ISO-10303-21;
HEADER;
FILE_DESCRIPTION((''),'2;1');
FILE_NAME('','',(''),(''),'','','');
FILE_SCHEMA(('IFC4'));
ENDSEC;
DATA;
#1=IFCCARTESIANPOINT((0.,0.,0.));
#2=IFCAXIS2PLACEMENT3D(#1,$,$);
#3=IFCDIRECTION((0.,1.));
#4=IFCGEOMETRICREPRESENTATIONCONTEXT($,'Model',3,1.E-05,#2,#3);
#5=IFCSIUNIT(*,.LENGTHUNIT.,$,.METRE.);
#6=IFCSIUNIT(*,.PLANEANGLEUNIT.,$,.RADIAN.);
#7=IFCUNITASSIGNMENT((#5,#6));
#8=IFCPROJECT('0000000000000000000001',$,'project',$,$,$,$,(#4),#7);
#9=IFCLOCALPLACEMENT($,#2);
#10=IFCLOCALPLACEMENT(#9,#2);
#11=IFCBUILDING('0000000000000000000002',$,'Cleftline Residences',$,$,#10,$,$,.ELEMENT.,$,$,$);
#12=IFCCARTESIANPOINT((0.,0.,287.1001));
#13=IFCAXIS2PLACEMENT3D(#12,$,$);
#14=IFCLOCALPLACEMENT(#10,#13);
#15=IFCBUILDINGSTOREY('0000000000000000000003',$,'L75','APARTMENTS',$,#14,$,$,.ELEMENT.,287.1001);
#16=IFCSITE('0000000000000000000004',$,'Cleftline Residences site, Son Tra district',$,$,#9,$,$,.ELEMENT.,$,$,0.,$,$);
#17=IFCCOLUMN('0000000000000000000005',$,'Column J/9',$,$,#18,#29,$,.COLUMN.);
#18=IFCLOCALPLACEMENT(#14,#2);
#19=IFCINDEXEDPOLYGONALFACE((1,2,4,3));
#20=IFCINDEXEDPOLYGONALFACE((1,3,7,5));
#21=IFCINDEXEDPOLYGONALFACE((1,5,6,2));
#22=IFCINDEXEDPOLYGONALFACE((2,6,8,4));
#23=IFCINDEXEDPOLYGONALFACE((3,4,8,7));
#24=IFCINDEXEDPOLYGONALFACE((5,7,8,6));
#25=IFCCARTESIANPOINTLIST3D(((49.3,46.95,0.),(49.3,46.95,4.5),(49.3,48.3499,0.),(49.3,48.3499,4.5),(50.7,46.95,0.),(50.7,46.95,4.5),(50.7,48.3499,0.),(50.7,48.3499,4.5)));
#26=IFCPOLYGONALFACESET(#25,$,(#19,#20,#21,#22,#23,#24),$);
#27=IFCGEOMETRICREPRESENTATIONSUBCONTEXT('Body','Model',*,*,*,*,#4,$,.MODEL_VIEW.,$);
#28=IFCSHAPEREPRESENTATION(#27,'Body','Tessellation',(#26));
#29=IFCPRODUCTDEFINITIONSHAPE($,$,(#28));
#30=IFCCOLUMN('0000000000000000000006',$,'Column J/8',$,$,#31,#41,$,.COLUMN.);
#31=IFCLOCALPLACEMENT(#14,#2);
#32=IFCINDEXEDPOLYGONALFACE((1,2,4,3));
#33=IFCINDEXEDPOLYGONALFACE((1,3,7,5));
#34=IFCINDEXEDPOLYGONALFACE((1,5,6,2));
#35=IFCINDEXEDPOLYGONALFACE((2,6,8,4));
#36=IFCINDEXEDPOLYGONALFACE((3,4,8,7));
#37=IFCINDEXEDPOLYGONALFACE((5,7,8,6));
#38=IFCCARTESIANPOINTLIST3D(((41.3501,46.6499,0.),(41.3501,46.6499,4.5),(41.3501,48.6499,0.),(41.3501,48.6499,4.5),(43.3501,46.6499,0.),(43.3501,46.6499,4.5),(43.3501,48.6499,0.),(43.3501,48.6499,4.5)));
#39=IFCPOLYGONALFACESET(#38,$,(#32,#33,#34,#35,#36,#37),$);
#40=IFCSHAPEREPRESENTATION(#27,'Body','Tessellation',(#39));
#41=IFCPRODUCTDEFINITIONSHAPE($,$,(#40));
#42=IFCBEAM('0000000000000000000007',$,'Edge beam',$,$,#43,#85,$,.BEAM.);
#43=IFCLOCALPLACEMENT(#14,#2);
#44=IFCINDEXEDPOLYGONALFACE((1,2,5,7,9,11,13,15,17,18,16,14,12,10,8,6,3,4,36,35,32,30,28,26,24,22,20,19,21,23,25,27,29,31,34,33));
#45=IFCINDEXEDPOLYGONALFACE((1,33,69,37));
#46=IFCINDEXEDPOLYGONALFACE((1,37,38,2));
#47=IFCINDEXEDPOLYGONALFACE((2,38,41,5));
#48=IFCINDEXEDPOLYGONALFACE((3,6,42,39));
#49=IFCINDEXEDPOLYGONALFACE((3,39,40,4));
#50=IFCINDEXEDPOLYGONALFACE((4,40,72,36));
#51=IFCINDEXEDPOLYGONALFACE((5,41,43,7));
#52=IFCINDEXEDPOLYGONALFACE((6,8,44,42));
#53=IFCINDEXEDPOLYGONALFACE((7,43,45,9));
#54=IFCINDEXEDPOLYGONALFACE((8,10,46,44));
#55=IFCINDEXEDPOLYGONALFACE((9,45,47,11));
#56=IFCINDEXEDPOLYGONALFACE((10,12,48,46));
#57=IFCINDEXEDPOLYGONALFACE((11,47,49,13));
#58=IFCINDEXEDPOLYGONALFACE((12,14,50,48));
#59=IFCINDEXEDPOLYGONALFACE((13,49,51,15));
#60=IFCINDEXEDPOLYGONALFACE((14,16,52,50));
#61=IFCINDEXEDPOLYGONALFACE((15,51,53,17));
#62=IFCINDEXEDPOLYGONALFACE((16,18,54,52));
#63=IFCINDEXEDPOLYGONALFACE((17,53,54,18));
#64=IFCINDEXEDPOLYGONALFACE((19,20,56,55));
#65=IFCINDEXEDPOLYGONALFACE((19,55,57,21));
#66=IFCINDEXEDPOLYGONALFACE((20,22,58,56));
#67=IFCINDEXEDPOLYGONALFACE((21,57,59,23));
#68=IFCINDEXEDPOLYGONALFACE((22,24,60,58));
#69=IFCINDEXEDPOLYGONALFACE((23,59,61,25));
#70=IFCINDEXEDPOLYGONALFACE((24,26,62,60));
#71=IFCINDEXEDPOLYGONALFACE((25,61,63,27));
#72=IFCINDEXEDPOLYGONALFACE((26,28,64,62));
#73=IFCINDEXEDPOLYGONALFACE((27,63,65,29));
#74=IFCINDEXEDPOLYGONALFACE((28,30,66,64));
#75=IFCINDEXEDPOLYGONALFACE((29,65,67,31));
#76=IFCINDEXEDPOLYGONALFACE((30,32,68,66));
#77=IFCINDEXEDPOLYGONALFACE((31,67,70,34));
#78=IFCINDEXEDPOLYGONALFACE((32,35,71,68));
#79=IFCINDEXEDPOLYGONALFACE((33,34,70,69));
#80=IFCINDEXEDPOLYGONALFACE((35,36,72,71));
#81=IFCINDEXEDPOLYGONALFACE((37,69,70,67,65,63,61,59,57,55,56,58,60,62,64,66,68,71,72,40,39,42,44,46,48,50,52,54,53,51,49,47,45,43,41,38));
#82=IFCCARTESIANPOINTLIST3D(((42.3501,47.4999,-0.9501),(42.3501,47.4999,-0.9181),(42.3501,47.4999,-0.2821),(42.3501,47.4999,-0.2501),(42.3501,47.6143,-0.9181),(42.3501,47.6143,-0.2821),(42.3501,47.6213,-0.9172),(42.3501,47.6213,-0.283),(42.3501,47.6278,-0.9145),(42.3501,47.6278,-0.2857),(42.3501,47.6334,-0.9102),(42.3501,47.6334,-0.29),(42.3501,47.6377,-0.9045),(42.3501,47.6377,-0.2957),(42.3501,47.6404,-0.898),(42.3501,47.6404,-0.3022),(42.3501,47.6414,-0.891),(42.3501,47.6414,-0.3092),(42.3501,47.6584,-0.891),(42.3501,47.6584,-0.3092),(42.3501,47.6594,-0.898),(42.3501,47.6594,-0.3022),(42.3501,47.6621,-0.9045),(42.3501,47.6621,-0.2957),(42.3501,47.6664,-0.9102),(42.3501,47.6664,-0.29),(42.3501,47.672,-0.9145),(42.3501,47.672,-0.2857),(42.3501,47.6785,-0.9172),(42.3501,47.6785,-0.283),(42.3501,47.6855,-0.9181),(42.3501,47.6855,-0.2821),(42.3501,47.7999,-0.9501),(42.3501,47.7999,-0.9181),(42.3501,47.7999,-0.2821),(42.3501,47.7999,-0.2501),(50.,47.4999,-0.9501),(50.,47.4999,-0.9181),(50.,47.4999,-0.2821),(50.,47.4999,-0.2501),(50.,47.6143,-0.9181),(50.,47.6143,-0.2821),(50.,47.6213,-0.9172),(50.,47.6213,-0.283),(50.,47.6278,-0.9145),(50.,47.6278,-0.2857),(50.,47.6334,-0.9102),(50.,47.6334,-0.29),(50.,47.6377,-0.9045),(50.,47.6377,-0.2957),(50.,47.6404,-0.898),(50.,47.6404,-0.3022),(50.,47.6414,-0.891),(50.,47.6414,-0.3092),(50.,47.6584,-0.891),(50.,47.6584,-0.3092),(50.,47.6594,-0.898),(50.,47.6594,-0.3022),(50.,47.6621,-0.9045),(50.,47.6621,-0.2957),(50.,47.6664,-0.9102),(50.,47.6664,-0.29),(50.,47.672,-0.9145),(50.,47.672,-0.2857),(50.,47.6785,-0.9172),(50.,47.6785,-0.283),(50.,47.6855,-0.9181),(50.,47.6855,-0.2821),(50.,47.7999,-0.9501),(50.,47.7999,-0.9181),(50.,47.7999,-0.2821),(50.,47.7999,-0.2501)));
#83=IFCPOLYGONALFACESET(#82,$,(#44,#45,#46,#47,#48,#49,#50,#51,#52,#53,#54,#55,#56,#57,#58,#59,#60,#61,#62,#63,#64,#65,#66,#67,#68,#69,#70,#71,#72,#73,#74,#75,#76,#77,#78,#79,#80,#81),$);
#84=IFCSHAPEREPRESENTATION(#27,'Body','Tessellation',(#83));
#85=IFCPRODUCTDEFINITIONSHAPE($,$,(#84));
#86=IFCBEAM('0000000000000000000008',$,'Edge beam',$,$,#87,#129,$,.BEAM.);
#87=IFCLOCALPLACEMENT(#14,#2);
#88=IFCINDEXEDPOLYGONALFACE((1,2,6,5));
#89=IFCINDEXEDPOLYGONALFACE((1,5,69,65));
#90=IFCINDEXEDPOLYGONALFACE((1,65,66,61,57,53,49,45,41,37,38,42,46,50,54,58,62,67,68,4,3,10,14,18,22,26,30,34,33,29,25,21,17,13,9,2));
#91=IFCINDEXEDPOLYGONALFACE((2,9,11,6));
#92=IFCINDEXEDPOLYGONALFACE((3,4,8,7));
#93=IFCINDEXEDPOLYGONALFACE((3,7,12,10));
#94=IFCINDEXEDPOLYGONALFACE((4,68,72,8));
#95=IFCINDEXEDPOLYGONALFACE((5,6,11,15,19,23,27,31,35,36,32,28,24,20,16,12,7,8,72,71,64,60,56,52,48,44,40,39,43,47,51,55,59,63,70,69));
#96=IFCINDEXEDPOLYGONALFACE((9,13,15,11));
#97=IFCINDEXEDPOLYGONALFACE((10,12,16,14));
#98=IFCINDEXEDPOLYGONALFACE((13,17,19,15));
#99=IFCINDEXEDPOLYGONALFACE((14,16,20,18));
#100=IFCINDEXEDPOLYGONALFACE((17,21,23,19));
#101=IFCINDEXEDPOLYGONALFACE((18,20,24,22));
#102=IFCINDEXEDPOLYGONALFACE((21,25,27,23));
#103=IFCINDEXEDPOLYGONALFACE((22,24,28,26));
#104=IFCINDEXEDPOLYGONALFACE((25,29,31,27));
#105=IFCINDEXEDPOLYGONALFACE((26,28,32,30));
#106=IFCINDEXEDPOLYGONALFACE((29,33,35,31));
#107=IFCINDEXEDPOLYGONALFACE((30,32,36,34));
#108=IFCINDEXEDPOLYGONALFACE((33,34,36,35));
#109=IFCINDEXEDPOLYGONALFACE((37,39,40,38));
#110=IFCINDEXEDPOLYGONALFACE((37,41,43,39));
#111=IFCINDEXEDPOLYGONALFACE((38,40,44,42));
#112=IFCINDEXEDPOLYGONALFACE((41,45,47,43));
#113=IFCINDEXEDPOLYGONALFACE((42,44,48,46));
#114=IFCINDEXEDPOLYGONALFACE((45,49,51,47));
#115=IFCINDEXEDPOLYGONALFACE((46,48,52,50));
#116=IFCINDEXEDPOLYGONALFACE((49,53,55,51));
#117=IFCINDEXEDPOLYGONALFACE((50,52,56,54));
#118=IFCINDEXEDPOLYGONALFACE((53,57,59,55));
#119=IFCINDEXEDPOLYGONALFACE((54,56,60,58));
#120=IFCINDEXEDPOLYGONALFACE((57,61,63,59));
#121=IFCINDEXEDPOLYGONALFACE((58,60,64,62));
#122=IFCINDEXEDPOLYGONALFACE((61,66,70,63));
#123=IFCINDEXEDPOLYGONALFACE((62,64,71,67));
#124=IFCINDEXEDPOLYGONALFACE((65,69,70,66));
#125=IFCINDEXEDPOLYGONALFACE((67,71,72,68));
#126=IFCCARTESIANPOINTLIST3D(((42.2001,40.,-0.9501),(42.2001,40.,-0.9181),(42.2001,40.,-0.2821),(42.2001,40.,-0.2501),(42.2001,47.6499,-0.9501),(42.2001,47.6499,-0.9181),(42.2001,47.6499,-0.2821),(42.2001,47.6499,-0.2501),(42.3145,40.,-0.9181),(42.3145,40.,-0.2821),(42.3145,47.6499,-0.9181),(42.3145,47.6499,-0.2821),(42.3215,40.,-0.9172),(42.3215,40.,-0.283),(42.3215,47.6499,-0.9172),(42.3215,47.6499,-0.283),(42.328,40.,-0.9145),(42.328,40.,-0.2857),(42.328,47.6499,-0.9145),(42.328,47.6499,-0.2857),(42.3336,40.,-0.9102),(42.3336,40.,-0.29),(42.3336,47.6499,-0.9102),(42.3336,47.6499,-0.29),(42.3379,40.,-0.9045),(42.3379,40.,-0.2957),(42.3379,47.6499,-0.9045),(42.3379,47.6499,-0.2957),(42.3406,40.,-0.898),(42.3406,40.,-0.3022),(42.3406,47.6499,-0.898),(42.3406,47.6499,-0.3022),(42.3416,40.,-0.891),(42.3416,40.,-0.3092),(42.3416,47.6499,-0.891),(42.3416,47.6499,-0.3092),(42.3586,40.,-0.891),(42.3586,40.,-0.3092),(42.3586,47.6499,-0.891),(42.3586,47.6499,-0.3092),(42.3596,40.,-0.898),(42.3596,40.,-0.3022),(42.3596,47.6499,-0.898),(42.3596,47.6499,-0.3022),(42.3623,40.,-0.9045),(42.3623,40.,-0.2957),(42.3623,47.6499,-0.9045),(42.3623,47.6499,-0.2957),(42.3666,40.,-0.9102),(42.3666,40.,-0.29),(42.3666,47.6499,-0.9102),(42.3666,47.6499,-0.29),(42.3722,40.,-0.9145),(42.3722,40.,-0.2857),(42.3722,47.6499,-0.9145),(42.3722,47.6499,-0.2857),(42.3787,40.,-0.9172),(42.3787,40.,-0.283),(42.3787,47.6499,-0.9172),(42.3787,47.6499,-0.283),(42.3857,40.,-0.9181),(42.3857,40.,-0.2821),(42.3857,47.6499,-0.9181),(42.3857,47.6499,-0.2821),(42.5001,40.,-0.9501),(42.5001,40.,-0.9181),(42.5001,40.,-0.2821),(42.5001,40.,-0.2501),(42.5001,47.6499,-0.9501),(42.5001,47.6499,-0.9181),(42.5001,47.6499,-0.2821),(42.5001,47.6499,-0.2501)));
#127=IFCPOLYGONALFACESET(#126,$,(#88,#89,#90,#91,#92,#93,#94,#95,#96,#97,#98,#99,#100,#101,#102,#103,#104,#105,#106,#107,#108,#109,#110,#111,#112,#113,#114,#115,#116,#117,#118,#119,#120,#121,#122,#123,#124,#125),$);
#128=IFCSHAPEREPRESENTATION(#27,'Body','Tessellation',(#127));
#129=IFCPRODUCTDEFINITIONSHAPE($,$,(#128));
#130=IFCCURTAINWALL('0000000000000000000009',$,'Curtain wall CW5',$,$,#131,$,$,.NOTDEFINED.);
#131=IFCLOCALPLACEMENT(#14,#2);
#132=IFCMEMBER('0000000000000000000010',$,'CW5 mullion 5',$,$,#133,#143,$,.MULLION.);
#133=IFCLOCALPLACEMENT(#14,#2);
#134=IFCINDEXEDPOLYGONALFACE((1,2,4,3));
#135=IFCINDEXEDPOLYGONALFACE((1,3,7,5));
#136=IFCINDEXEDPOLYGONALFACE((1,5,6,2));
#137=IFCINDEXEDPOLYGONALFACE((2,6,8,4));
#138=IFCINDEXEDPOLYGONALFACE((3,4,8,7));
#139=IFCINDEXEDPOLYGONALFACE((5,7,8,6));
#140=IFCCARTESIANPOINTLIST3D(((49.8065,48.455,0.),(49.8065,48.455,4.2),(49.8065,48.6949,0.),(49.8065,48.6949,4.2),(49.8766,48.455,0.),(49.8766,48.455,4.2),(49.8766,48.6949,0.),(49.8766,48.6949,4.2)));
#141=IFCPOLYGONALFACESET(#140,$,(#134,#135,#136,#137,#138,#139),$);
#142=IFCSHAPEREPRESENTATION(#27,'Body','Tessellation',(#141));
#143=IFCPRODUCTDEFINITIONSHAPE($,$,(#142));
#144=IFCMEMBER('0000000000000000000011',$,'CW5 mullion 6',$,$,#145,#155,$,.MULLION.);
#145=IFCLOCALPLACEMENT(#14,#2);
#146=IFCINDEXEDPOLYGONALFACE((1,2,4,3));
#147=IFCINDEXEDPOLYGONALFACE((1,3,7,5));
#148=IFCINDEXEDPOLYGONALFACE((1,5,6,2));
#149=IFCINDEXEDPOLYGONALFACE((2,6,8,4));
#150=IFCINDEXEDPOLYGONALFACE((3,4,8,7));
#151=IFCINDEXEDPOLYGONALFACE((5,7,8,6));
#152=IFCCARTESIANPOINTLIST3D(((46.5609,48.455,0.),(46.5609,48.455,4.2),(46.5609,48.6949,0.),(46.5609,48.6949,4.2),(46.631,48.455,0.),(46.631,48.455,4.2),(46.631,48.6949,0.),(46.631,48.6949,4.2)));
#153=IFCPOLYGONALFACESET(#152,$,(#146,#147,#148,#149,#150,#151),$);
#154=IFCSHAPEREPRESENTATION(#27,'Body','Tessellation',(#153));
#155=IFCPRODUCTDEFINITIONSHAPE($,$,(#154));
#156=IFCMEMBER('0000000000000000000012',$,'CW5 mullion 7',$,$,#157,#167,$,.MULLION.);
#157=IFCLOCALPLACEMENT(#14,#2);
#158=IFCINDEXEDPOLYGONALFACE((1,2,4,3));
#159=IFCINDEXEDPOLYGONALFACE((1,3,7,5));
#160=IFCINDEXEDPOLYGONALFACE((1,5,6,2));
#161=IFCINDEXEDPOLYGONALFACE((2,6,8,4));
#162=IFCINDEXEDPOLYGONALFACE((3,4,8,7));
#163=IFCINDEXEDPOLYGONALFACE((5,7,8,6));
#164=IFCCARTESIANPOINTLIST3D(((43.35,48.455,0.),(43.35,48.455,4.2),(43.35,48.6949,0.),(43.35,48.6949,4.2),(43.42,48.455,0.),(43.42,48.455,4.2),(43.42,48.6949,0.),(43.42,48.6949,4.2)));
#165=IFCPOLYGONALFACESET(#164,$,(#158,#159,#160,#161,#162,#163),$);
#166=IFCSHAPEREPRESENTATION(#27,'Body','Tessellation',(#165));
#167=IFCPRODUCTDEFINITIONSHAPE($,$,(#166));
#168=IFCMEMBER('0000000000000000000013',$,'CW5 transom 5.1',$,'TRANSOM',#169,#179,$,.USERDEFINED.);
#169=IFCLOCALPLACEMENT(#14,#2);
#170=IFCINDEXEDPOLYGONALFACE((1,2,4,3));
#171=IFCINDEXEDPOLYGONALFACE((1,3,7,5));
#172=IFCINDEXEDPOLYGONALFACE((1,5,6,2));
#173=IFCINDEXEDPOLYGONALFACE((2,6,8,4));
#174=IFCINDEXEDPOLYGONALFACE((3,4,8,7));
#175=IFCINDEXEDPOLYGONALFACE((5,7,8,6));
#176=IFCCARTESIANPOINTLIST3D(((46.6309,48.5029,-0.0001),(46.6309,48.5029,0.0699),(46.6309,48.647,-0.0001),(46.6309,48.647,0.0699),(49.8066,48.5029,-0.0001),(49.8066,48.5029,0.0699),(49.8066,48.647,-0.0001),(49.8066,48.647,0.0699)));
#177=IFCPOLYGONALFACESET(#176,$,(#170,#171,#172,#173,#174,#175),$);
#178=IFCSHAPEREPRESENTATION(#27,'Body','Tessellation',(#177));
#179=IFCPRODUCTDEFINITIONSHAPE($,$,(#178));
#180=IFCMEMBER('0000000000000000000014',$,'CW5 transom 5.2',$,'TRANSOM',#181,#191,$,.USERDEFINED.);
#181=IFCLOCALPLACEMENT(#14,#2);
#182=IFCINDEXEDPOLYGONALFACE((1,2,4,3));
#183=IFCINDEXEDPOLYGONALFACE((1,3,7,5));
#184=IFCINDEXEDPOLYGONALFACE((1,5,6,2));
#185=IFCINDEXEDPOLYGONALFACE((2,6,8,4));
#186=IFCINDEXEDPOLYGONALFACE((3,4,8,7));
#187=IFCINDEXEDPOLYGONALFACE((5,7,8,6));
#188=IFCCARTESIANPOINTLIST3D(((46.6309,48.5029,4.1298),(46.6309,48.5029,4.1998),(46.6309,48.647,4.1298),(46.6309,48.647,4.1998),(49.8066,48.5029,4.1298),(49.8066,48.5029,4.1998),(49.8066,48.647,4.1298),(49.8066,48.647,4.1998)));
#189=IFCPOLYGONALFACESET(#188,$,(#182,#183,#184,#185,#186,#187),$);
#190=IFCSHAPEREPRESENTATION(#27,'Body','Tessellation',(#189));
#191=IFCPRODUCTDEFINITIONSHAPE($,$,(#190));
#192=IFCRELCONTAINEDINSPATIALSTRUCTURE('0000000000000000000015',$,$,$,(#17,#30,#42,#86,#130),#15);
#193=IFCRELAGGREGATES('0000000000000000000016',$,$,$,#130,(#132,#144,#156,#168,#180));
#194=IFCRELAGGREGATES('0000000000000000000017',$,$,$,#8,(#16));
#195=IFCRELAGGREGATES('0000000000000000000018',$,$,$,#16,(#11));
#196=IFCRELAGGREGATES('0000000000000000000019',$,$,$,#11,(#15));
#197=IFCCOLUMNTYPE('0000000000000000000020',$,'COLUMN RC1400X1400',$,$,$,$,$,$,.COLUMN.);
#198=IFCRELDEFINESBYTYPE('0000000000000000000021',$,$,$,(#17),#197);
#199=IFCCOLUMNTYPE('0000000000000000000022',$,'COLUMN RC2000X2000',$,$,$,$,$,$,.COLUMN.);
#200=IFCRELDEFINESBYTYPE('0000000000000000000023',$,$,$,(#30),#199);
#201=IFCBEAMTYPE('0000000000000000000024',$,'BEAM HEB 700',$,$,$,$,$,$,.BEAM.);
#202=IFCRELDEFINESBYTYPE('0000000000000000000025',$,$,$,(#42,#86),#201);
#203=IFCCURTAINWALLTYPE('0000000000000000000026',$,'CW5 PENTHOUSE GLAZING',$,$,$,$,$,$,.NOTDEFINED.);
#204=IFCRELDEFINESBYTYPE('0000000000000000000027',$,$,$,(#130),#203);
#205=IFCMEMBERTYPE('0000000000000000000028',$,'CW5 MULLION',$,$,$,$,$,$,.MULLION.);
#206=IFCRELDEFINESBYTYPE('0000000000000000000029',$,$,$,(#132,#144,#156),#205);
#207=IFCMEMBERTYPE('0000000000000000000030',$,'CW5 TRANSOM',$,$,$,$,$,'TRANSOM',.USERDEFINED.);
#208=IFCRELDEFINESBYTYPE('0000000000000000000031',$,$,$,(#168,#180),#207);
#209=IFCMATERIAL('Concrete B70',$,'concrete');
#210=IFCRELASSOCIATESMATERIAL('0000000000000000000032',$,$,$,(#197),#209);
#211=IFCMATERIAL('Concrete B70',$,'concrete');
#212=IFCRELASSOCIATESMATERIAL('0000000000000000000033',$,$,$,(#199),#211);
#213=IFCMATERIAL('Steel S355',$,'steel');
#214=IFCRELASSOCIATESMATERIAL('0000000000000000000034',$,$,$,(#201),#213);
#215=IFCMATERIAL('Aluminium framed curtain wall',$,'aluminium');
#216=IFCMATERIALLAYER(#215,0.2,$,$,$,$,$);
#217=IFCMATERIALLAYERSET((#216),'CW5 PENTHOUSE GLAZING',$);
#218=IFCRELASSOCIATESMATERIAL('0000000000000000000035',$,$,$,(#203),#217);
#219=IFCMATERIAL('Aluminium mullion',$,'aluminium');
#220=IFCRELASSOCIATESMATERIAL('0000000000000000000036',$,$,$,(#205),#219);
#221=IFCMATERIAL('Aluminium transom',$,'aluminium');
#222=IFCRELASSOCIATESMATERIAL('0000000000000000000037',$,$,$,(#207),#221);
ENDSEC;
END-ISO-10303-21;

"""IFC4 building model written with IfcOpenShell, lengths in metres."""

from ifc_helpers import new_model, si_unit, direction, frame, origin, origin_2d, place, context, subcontext, project, spatial, rectangle, i_section, extrude, material, layer, layer_set, material_profile, profile_set, type_object, element, aggregate, save


model = new_model("IFC4")

# Units and contexts
model_context = context("Model", 3, precision=1e-05, world=origin(), true_north=direction((0.0, 1.0)))
body_context = subcontext(model_context, "Body", "Model", "MODEL_VIEW")
ifc_project = project(units=[si_unit("LENGTHUNIT", "METRE"), si_unit("PLANEANGLEUNIT", "RADIAN")], contexts=[model_context])

# Site, building, storey
site_placement = place(None, origin())
site = spatial("IfcSite", under=ifc_project, at=site_placement, Name="Cleftline Residences site, Son Tra district", CompositionType="ELEMENT", RefElevation=0.0)
building_placement = place(site_placement, origin())
building = spatial("IfcBuilding", under=site, at=building_placement, Name="Cleftline Residences", CompositionType="ELEMENT")
storey_placement = place(building_placement, frame((0.0, 0.0, 287.1001)))
storey = spatial("IfcBuildingStorey", under=building, at=storey_placement, Name="L75", Description="APARTMENTS", CompositionType="ELEMENT", Elevation=287.1001)

# Columns
ifc_material_1 = material(Name="Concrete B70", Category="concrete")
ifc_material_profile_1 = material_profile(ifc_material_1, rectangle(XDim=1.3999, YDim=1.3999, at=origin_2d()))
ifc_profile_set_1 = profile_set([ifc_material_profile_1], Name="Concrete B70")
column_type_1 = type_object("IfcColumnType", Name="COLUMN RC1400X1400", PredefinedType="COLUMN", material=ifc_profile_set_1)
column_1_placement = place(storey_placement, frame((50.0, 47.6499, 0.0), z_axis=(0.0, 0.0, 1.0), x_axis=(1.0, 0.0, 0.0)))
element("IfcColumn", 1, at=column_1_placement, inside=storey, type_object=column_type_1, Name="Column J/9", PredefinedType="COLUMN", context=body_context, shape_type="SweptSolid", body=[
    extrude(rectangle(XDim=1.3999, YDim=1.3999, at=origin_2d()), origin(), (0.0, 0.0, 1.0), 4.5),
])
ifc_material_2 = material(Name="Concrete B70", Category="concrete")
ifc_material_profile_2 = material_profile(ifc_material_2, rectangle(XDim=2.0, YDim=2.0, at=origin_2d()))
ifc_profile_set_2 = profile_set([ifc_material_profile_2], Name="Concrete B70")
column_type_2 = type_object("IfcColumnType", Name="COLUMN RC2000X2000", PredefinedType="COLUMN", material=ifc_profile_set_2)
column_2_placement = place(storey_placement, frame((42.3501, 47.6499, 0.0), z_axis=(0.0, 0.0, 1.0), x_axis=(1.0, 0.0, 0.0)))
element("IfcColumn", 2, at=column_2_placement, inside=storey, type_object=column_type_2, Name="Column J/8", PredefinedType="COLUMN", context=body_context, shape_type="SweptSolid", body=[
    extrude(rectangle(XDim=2.0, YDim=2.0, at=origin_2d()), origin(), (0.0, 0.0, 1.0), 4.5),
])

# Beams
ifc_material_3 = material(Name="Steel S355", Category="steel")
ifc_material_profile_3 = material_profile(ifc_material_3, i_section(OverallWidth=0.3, OverallDepth=0.7, WebThickness=0.0171, FlangeThickness=0.032, FilletRadius=0.0271, at=origin_2d()))
ifc_profile_set_3 = profile_set([ifc_material_profile_3], Name="Steel S355")
beam_type = type_object("IfcBeamType", Name="BEAM HEB 700", PredefinedType="BEAM", material=ifc_profile_set_3)
for number, where, z_axis, x_axis, name in (
    (3, (50.0, 47.6499, -0.6001), (-1.0, 0.0, 0.0), (0.0, -1.0, 0.0), "Edge beam"),
    (4, (42.3501, 47.6499, -0.6001), (0.0, -1.0, 0.0), (1.0, 0.0, 0.0), "Edge beam"),
):
    element("IfcBeam", number, at=place(storey_placement, frame(where, z_axis=z_axis, x_axis=x_axis)), inside=storey, type_object=beam_type, Name=name, PredefinedType="BEAM", context=body_context, shape_type="SweptSolid", body=[
        extrude(i_section(OverallWidth=0.3, OverallDepth=0.7, WebThickness=0.0171, FlangeThickness=0.032, FilletRadius=0.0271, at=origin_2d()), origin(), (0.0, 0.0, 1.0), 7.6499),
    ])

# Curtain wall, members
ifc_material_4 = material(Name="Aluminium framed curtain wall", Category="aluminium")
ifc_layer_1 = layer(ifc_material_4, 0.2)
ifc_layer_set_1 = layer_set([ifc_layer_1], Name="CW5 PENTHOUSE GLAZING")
curtain_wall_type = type_object("IfcCurtainWallType", Name="CW5 PENTHOUSE GLAZING", PredefinedType="NOTDEFINED", material=ifc_layer_set_1)
curtain_wall_placement = place(storey_placement, origin())
curtain_wall = element("IfcCurtainWall", 5, at=curtain_wall_placement, inside=storey, type_object=curtain_wall_type, Name="Curtain wall CW5", PredefinedType="NOTDEFINED")
ifc_material_5 = material(Name="Aluminium mullion", Category="aluminium")
ifc_material_profile_4 = material_profile(ifc_material_5, rectangle(XDim=0.24, YDim=0.0701, at=origin_2d()))
ifc_profile_set_4 = profile_set([ifc_material_profile_4], Name="Aluminium mullion")
member_type_1 = type_object("IfcMemberType", Name="CW5 MULLION", PredefinedType="MULLION", material=ifc_profile_set_4)
member_1_placement = place(storey_placement, frame((49.8416, 48.575, 0.0), z_axis=(0.0, 0.0, 1.0), x_axis=(0.0, -1.0, 0.0)))
member_1 = element("IfcMember", 6, at=member_1_placement, type_object=member_type_1, Name="CW5 mullion 5", PredefinedType="MULLION", context=body_context, shape_type="SweptSolid", body=[
    extrude(rectangle(XDim=0.24, YDim=0.0701, at=origin_2d()), origin(), (0.0, 0.0, 1.0), 4.2),
])
member_2_placement = place(storey_placement, frame((46.5959, 48.575, 0.0), z_axis=(0.0, 0.0, 1.0), x_axis=(0.0, -1.0, 0.0)))
member_2 = element("IfcMember", 7, at=member_2_placement, type_object=member_type_1, Name="CW5 mullion 6", PredefinedType="MULLION", context=body_context, shape_type="SweptSolid", body=[
    extrude(rectangle(XDim=0.24, YDim=0.0701, at=origin_2d()), origin(), (0.0, 0.0, 1.0), 4.2),
])
member_3_placement = place(storey_placement, frame((43.385, 48.575, 0.0), z_axis=(0.0, 0.0, 1.0), x_axis=(0.0, -1.0, 0.0)))
member_3 = element("IfcMember", 8, at=member_3_placement, type_object=member_type_1, Name="CW5 mullion 7", PredefinedType="MULLION", context=body_context, shape_type="SweptSolid", body=[
    extrude(rectangle(XDim=0.24, YDim=0.0701, at=origin_2d()), origin(), (0.0, 0.0, 1.0), 4.2),
])
ifc_material_6 = material(Name="Aluminium transom", Category="aluminium")
ifc_material_profile_5 = material_profile(ifc_material_6, rectangle(XDim=0.144, YDim=0.0701, at=origin_2d()))
ifc_profile_set_5 = profile_set([ifc_material_profile_5], Name="Aluminium transom")
member_type_2 = type_object("IfcMemberType", Name="CW5 TRANSOM", ElementType="TRANSOM", PredefinedType="USERDEFINED", material=ifc_profile_set_5)
member_4_placement = place(storey_placement, frame((49.8066, 48.575, 0.0349), z_axis=(-1.0, 0.0, 0.0), x_axis=(0.0, -1.0, 0.0)))
member_4 = element("IfcMember", 9, at=member_4_placement, type_object=member_type_2, Name="CW5 transom 5.1", ObjectType="TRANSOM", PredefinedType="USERDEFINED", context=body_context, shape_type="SweptSolid", body=[
    extrude(rectangle(XDim=0.144, YDim=0.0701, at=origin_2d()), origin(), (0.0, 0.0, 1.0), 3.1758),
])
member_5_placement = place(storey_placement, frame((49.8066, 48.575, 4.1648), z_axis=(-1.0, 0.0, 0.0), x_axis=(0.0, -1.0, 0.0)))
member_5 = element("IfcMember", 10, at=member_5_placement, type_object=member_type_2, Name="CW5 transom 5.2", ObjectType="TRANSOM", PredefinedType="USERDEFINED", context=body_context, shape_type="SweptSolid", body=[
    extrude(rectangle(XDim=0.144, YDim=0.0701, at=origin_2d()), origin(), (0.0, 0.0, 1.0), 3.1758),
])
aggregate(curtain_wall, [member_1, member_2, member_3, member_4, member_5])

save(model, "model.ifc")
